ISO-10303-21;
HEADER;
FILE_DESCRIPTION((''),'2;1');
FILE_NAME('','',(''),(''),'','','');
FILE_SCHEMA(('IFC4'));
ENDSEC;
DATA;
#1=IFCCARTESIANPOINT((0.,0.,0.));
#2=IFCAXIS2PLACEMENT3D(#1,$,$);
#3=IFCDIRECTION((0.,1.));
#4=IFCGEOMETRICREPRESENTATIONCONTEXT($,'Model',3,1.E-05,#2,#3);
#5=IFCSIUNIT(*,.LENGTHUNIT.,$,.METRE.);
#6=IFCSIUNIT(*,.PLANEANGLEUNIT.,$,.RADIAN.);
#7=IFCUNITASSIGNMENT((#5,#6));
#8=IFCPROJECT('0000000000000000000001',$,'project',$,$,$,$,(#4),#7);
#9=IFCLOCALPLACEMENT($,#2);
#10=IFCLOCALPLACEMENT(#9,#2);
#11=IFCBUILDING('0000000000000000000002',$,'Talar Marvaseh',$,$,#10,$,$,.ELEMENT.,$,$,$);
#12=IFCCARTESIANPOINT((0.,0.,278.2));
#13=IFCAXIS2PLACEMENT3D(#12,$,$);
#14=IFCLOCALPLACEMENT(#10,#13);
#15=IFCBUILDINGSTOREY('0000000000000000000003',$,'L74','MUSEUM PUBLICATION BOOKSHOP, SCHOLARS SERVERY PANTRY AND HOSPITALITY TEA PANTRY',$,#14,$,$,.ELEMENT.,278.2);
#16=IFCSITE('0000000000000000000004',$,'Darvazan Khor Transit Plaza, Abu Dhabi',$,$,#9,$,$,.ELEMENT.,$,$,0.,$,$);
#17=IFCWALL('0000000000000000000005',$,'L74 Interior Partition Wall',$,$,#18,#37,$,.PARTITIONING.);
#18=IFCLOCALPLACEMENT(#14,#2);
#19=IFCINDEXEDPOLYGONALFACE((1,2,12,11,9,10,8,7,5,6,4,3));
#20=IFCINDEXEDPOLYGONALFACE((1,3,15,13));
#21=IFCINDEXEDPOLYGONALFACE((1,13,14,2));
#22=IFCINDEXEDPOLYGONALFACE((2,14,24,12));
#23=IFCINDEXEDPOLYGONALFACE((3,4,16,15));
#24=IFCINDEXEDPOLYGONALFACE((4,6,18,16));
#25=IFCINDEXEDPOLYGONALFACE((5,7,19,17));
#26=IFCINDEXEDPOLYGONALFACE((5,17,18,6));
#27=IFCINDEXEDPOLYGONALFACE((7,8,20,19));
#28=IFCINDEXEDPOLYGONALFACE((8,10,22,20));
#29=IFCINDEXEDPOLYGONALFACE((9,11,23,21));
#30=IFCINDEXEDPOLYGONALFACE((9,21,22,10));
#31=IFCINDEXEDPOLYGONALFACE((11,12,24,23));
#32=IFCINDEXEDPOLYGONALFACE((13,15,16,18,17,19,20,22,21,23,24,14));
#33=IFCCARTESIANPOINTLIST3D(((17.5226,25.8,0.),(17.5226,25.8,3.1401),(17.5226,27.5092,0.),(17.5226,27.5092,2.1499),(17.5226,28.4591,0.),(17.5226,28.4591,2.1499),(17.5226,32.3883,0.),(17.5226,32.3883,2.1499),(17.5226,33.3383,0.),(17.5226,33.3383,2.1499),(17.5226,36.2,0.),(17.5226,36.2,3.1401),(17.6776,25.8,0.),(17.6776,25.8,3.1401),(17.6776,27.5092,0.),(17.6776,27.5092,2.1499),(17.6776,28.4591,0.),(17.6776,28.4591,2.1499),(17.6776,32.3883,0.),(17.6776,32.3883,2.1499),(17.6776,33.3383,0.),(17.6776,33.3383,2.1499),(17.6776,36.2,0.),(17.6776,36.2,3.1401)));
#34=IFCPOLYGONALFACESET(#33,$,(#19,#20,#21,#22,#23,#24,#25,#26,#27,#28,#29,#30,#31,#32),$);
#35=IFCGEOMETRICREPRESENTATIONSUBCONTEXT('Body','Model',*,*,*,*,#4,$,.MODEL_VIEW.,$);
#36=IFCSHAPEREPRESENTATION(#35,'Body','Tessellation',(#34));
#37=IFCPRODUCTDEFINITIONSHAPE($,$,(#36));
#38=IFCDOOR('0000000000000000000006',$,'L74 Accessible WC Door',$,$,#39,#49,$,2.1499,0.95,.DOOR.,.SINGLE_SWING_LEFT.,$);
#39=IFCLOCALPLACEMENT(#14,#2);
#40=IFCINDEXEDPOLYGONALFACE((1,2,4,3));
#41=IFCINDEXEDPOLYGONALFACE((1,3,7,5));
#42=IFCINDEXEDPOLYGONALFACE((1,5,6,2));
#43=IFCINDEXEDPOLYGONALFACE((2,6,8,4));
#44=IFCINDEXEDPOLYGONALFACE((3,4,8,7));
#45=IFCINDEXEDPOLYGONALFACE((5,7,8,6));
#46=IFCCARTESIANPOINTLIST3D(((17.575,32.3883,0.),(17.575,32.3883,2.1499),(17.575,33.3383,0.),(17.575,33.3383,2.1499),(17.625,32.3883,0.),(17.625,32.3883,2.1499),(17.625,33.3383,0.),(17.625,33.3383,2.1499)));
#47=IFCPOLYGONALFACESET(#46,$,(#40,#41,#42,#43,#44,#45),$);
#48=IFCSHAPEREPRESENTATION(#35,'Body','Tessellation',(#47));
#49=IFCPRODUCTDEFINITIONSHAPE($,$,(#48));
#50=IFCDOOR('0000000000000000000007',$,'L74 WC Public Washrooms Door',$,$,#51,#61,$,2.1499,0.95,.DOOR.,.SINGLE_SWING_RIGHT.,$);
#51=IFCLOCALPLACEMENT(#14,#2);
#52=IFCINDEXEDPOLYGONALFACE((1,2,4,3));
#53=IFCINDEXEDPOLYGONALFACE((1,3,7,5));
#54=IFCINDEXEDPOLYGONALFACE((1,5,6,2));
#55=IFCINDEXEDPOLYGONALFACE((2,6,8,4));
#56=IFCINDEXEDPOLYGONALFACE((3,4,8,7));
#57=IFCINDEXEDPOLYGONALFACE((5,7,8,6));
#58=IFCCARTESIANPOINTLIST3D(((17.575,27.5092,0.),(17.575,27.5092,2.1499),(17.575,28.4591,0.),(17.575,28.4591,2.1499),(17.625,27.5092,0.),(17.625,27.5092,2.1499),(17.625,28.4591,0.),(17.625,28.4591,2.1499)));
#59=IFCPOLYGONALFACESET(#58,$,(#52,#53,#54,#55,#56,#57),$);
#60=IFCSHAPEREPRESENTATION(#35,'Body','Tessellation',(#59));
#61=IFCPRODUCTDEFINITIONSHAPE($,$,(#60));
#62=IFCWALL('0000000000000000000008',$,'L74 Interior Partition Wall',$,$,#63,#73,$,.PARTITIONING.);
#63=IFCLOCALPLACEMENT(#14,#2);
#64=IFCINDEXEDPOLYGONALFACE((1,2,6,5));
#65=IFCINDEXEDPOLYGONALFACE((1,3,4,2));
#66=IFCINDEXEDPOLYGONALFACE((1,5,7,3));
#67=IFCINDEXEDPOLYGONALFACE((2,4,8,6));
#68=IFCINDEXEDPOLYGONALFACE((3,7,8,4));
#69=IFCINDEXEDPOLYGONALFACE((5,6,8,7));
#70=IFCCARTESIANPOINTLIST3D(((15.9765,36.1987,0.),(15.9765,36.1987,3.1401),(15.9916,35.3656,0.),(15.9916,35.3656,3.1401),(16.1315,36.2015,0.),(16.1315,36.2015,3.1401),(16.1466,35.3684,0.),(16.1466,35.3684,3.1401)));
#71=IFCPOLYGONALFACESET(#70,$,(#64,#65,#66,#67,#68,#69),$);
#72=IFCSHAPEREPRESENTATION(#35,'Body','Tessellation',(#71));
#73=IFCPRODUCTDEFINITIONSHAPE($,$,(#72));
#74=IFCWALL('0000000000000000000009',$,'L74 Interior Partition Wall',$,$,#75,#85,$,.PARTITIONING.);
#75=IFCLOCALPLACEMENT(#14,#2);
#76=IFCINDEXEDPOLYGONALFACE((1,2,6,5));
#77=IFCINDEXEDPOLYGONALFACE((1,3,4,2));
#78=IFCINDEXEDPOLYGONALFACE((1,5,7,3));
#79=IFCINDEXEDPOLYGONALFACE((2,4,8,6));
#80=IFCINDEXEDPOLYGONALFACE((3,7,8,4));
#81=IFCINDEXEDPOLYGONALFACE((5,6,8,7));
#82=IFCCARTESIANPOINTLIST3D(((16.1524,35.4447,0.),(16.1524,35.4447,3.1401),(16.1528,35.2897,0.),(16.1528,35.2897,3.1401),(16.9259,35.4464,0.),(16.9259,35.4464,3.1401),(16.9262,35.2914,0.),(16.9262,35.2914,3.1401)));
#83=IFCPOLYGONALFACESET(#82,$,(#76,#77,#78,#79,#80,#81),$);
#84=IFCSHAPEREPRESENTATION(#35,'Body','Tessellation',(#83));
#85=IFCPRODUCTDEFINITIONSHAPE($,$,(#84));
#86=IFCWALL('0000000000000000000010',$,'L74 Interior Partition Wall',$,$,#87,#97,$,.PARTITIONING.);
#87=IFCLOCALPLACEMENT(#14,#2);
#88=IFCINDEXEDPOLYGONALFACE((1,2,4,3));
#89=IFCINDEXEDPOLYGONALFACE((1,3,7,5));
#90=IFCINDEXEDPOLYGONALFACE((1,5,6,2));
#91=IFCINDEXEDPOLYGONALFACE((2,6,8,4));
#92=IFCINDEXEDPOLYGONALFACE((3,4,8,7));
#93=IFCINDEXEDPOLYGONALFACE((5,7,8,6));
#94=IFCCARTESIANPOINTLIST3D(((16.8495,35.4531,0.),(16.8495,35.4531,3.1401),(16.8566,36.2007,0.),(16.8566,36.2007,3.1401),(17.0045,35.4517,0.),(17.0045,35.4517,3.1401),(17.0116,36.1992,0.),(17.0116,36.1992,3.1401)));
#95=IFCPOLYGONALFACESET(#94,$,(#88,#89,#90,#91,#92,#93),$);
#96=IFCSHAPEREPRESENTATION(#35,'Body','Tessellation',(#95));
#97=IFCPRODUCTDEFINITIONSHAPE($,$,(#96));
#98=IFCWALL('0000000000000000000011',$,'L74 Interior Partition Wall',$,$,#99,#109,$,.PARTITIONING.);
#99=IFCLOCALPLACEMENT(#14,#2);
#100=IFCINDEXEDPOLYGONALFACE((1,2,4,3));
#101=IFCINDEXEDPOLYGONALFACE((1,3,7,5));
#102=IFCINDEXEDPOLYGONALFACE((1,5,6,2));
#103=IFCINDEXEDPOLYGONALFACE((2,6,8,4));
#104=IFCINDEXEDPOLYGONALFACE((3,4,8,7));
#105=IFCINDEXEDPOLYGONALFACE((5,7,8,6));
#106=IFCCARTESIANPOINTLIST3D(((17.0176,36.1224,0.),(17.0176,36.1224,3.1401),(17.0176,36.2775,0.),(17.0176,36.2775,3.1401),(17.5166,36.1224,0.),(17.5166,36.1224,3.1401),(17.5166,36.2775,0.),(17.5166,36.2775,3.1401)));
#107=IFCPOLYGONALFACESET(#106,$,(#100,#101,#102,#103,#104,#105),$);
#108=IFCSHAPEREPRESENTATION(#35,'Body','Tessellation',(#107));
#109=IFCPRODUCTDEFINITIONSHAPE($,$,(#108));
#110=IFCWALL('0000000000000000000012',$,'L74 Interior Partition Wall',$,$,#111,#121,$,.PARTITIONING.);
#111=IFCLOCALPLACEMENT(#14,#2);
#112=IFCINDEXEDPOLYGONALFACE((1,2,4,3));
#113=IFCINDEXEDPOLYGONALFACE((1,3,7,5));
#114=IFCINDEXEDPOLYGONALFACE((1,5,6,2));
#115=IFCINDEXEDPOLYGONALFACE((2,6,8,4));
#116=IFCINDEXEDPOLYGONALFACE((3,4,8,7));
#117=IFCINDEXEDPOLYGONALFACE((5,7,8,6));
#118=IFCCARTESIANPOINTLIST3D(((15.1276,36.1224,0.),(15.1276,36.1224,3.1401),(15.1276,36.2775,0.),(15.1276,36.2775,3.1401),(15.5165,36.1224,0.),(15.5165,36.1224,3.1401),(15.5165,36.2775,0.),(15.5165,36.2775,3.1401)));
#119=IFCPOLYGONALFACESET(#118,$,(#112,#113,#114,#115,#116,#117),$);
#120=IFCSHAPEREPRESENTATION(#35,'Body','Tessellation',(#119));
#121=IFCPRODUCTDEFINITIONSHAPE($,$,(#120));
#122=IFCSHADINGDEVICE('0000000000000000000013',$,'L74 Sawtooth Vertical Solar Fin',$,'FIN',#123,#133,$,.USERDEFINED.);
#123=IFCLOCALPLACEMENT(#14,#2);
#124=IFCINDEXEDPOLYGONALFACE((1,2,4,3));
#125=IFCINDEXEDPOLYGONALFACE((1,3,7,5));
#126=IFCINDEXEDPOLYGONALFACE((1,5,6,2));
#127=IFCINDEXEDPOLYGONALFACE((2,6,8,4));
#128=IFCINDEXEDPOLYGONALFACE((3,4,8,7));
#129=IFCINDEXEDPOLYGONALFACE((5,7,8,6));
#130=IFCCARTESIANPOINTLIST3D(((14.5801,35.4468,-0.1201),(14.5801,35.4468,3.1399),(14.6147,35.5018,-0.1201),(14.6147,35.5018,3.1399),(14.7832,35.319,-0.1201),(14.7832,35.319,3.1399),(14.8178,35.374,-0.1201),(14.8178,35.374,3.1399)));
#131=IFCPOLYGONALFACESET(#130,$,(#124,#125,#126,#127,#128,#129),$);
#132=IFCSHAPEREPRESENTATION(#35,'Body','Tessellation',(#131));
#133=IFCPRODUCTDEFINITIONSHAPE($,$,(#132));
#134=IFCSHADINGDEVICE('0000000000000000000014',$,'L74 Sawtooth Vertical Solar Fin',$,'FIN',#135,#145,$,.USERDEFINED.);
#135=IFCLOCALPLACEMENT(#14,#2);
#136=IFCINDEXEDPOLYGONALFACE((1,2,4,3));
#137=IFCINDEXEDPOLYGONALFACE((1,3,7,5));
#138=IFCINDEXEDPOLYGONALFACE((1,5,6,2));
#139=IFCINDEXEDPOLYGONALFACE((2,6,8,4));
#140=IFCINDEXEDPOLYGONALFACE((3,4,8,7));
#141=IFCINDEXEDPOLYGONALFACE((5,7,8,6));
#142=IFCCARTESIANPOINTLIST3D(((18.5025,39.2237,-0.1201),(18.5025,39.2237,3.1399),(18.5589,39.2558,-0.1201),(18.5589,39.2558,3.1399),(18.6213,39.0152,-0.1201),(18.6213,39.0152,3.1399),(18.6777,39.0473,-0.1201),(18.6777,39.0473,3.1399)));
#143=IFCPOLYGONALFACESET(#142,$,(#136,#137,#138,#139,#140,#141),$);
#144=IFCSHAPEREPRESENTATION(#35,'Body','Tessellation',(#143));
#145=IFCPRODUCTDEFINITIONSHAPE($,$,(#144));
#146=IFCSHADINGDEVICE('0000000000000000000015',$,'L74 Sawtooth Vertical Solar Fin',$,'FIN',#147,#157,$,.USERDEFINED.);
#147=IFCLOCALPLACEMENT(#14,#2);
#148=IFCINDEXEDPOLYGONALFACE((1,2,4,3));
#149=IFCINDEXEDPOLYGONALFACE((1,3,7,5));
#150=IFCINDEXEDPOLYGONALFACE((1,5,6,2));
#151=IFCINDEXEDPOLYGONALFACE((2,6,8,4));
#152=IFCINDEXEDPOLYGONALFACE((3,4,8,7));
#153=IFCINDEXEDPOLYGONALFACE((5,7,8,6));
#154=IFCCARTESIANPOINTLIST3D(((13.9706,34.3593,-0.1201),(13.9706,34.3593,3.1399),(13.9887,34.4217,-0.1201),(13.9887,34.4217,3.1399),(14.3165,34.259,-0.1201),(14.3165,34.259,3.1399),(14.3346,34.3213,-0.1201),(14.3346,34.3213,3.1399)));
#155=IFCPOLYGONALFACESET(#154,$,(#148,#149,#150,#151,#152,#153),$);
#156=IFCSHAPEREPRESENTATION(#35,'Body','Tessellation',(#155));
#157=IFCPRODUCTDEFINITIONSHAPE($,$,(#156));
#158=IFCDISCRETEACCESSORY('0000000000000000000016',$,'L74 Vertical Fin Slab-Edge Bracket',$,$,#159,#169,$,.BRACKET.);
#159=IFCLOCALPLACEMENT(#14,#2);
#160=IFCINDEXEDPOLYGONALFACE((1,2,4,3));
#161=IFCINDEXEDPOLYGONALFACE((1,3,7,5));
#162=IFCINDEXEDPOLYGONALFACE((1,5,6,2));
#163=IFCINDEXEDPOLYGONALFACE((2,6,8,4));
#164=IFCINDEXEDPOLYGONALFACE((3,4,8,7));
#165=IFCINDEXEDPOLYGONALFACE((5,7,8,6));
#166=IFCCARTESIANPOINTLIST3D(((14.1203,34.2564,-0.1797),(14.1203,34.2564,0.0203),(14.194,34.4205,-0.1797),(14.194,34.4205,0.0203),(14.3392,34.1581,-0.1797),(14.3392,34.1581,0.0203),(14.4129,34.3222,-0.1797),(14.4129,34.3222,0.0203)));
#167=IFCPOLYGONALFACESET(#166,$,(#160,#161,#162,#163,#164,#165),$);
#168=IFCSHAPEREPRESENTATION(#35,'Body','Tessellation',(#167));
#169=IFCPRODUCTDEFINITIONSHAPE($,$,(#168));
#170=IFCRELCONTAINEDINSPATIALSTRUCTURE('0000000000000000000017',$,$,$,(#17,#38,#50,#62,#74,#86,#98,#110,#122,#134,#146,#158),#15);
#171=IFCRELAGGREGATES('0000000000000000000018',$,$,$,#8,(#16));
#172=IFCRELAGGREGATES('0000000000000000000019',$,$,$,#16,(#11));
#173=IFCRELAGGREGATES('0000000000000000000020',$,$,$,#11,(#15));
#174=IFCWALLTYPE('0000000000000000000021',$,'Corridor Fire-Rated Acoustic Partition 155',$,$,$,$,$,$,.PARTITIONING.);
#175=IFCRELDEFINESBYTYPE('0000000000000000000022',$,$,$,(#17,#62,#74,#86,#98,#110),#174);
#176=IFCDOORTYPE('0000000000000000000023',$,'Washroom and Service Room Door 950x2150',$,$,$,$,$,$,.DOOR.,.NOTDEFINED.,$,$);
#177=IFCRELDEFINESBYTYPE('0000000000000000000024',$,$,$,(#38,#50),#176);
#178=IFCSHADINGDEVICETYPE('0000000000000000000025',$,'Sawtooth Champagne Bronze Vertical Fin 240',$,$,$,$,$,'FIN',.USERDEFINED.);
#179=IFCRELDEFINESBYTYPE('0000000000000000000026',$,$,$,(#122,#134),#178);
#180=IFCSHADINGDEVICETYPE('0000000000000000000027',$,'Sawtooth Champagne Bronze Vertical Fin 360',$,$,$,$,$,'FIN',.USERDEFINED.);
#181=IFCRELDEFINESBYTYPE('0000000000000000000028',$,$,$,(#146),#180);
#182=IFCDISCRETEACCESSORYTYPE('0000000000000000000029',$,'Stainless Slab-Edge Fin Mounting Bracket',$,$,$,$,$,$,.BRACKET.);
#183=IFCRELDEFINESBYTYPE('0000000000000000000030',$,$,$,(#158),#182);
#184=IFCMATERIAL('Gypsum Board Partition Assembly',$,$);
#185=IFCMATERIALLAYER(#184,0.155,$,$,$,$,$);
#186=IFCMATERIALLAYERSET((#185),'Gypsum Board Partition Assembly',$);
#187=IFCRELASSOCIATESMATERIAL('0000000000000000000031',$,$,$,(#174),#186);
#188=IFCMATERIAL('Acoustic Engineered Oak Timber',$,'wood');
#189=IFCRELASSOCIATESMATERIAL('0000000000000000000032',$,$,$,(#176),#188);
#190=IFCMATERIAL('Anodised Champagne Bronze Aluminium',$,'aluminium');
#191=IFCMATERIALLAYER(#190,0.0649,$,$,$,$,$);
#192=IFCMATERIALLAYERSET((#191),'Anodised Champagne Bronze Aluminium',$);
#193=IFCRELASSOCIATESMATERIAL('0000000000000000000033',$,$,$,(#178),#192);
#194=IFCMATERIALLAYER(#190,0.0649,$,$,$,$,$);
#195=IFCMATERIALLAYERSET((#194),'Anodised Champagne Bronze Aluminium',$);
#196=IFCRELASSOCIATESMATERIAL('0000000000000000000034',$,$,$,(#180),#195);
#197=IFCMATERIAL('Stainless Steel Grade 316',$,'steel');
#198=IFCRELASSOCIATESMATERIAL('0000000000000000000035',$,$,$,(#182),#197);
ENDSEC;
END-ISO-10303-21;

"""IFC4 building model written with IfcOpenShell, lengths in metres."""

from ifc_helpers import new_model, si_unit, direction, frame, frame_2d, origin, origin_2d, place, context, subcontext, project, spatial, rectangle, extrude, source, transform, mapped, material, layer, layer_set, type_object, type_shapes, element, fill, save


model = new_model("IFC4")

# Units and contexts
model_context = context("Model", 3, precision=1e-05, world=origin(), true_north=direction((0.0, 1.0)))
body_context = subcontext(model_context, "Body", "Model", "MODEL_VIEW")
ifc_project = project(units=[si_unit("LENGTHUNIT", "METRE"), si_unit("PLANEANGLEUNIT", "RADIAN")], contexts=[model_context])

# Site, building, storey
site_placement = place(None, origin())
site = spatial("IfcSite", under=ifc_project, at=site_placement, Name="Darvazan Khor Transit Plaza, Abu Dhabi", CompositionType="ELEMENT", RefElevation=0.0)
building_placement = place(site_placement, origin())
building = spatial("IfcBuilding", under=site, at=building_placement, Name="Talar Marvaseh", CompositionType="ELEMENT")
storey_placement = place(building_placement, frame((0.0, 0.0, 278.2)))
storey = spatial("IfcBuildingStorey", under=building, at=storey_placement, Name="L74", Description="MUSEUM PUBLICATION BOOKSHOP, SCHOLARS SERVERY PANTRY AND HOSPITALITY TEA PANTRY", CompositionType="ELEMENT", Elevation=278.2)

# Wall, openings, doors
ifc_material_1 = material(Name="Gypsum Board Partition Assembly")
ifc_layer_1 = layer(ifc_material_1, 0.155)
ifc_layer_set_1 = layer_set([ifc_layer_1], Name="Gypsum Board Partition Assembly")
wall_type_1 = type_object("IfcWallType", Name="Corridor Fire-Rated Acoustic Partition 155", PredefinedType="PARTITIONING", material=ifc_layer_set_1)
wall_1_placement = place(storey_placement, frame((17.6001, 36.2, 0.0), z_axis=(0.0, 0.0, 1.0), x_axis=(0.0, -1.0, 0.0)))
wall_1 = element("IfcWall", 1, at=wall_1_placement, inside=storey, type_object=wall_type_1, Name="L74 Interior Partition Wall", PredefinedType="PARTITIONING", context=body_context, shape_type="SweptSolid", body=[
    extrude(rectangle(XDim=10.3999, YDim=0.155, at=frame_2d((5.2, 0.0))), origin(), (0.0, 0.0, 1.0), 3.1401),
])
opening_1_placement = place(wall_1_placement, frame((2.8616, 0.0, 0.0)))
opening_1 = element("IfcOpeningElement", 2, at=opening_1_placement, cuts=wall_1, PredefinedType="OPENING", context=body_context, shape_type="SweptSolid", body=[
    extrude(rectangle(XDim=0.95, YDim=2.1499, at=frame_2d((0.4751, 1.075))), frame((0.0, 0.0874, 0.0), z_axis=(0.0, -1.0, 0.0), x_axis=(1.0, 0.0, 0.0)), (0.0, 0.0, 1.0), 0.175),
])
opening_2_placement = place(wall_1_placement, frame((7.7407, 0.0, 0.0)))
opening_2 = element("IfcOpeningElement", 3, at=opening_2_placement, cuts=wall_1, PredefinedType="OPENING", context=body_context, shape_type="SweptSolid", body=[
    extrude(rectangle(XDim=0.95, YDim=2.1499, at=frame_2d((0.4751, 1.075))), frame((0.0, 0.0874, 0.0), z_axis=(0.0, -1.0, 0.0), x_axis=(1.0, 0.0, 0.0)), (0.0, 0.0, 1.0), 0.175),
])
ifc_material_2 = material(Name="Acoustic Engineered Oak Timber", Category="wood")
door_type = type_object("IfcDoorType", Name="Washroom and Service Room Door 950x2150", OperationType="NOTDEFINED", PredefinedType="DOOR", material=ifc_material_2)
shared_shape_1 = source(origin(), body_context, "Body", "SweptSolid", [
    extrude(rectangle(XDim=0.95, YDim=2.1499, at=frame_2d((0.4751, 1.075))), frame((0.0, 0.0249, 0.0), z_axis=(0.0, -1.0, 0.0), x_axis=(1.0, 0.0, 0.0)), (0.0, 0.0, 1.0), 0.05),
])
type_shapes(door_type, [shared_shape_1])
door_1_placement = place(opening_1_placement, origin())
door_1 = element("IfcDoor", 4, at=door_1_placement, inside=storey, type_object=door_type, Name="L74 Accessible WC Door", OperationType="SINGLE_SWING_LEFT", OverallHeight=2.1499, OverallWidth=0.95, PredefinedType="DOOR", context=body_context, shape_type="MappedRepresentation", body=[
    mapped(shared_shape_1, transform((0.0, 0.0, 0.0), x_axis=(1.0, 0.0, 0.0), y_axis=(0.0, 1.0, 0.0), z_axis=(0.0, 0.0, 1.0), scale=1.0)),
])
fill(opening_1, door_1)
door_2_placement = place(opening_2_placement, origin())
door_2 = element("IfcDoor", 5, at=door_2_placement, inside=storey, type_object=door_type, Name="L74 WC Public Washrooms Door", OperationType="SINGLE_SWING_RIGHT", OverallHeight=2.1499, OverallWidth=0.95, PredefinedType="DOOR", context=body_context, shape_type="MappedRepresentation", body=[
    mapped(shared_shape_1, transform((0.0, 0.0, 0.0), x_axis=(1.0, 0.0, 0.0), y_axis=(0.0, 1.0, 0.0), z_axis=(0.0, 0.0, 1.0), scale=1.0)),
])
fill(opening_2, door_2)

# Walls
wall_2_placement = place(storey_placement, frame((16.054, 36.2, 0.0), z_axis=(0.0, 0.0, 1.0), x_axis=(0.018168, -0.999835, 0.0)))
element("IfcWall", 6, at=wall_2_placement, inside=storey, type_object=wall_type_1, Name="L74 Interior Partition Wall", PredefinedType="PARTITIONING", context=body_context, shape_type="SweptSolid", body=[
    extrude(rectangle(XDim=0.8333, YDim=0.155, at=frame_2d((0.4165, 0.0))), origin(), (0.0, 0.0, 1.0), 3.1401),
])
wall_3_placement = place(storey_placement, frame((16.1526, 35.3672, 0.0), z_axis=(0.0, 0.0, 1.0), x_axis=(0.999998, 0.00221, 0.0)))
element("IfcWall", 7, at=wall_3_placement, inside=storey, type_object=wall_type_1, Name="L74 Interior Partition Wall", PredefinedType="PARTITIONING", context=body_context, shape_type="SweptSolid", body=[
    extrude(rectangle(XDim=0.7734, YDim=0.155, at=frame_2d((0.3867, 0.0))), origin(), (0.0, 0.0, 1.0), 3.1401),
])
wall_4_placement = place(storey_placement, frame((16.927, 35.4524, 0.0), z_axis=(0.0, 0.0, 1.0), x_axis=(0.009471, 0.999955, 0.0)))
element("IfcWall", 8, at=wall_4_placement, inside=storey, type_object=wall_type_1, Name="L74 Interior Partition Wall", PredefinedType="PARTITIONING", context=body_context, shape_type="SweptSolid", body=[
    extrude(rectangle(XDim=0.7476, YDim=0.155, at=frame_2d((0.3738, 0.0))), origin(), (0.0, 0.0, 1.0), 3.1401),
])
wall_5_placement = place(storey_placement, frame((17.0176, 36.2, 0.0), z_axis=(0.0, 0.0, 1.0), x_axis=(1.0, 0.0, 0.0)))
element("IfcWall", 9, at=wall_5_placement, inside=storey, type_object=wall_type_1, Name="L74 Interior Partition Wall", PredefinedType="PARTITIONING", context=body_context, shape_type="SweptSolid", body=[
    extrude(rectangle(XDim=0.499, YDim=0.155, at=frame_2d((0.2495, 0.0))), origin(), (0.0, 0.0, 1.0), 3.1401),
])
wall_6_placement = place(storey_placement, frame((15.1277, 36.2, 0.0), z_axis=(0.0, 0.0, 1.0), x_axis=(1.0, 0.0, 0.0)))
element("IfcWall", 10, at=wall_6_placement, inside=storey, type_object=wall_type_1, Name="L74 Interior Partition Wall", PredefinedType="PARTITIONING", context=body_context, shape_type="SweptSolid", body=[
    extrude(rectangle(XDim=0.3889, YDim=0.155, at=frame_2d((0.1943, 0.0))), origin(), (0.0, 0.0, 1.0), 3.1401),
])

# Shading devices
ifc_material_3 = material(Name="Anodised Champagne Bronze Aluminium", Category="aluminium")
ifc_layer_2 = layer(ifc_material_3, 0.0649)
ifc_layer_set_2 = layer_set([ifc_layer_2], Name="Anodised Champagne Bronze Aluminium")
shading_device_type_1 = type_object("IfcShadingDeviceType", Name="Sawtooth Champagne Bronze Vertical Fin 240", ElementType="FIN", PredefinedType="USERDEFINED", material=ifc_layer_set_2)
shared_shape_2 = source(origin(), body_context, "Body", "SweptSolid", [
    extrude(rectangle(XDim=0.24, YDim=0.0649, at=origin_2d()), origin(), (0.0, 0.0, 1.0), 3.26),
])
type_shapes(shading_device_type_1, [shared_shape_2])
for number, where, z_axis, x_axis, name in (
    (11, (14.699, 35.4104, -0.1201), (0.0, 0.0, 1.0), (-0.846379, 0.532581, 0.0), "L74 Sawtooth Vertical Solar Fin"),
    (12, (18.5901, 39.1355, -0.1201), (0.0, 0.0, 1.0), (-0.495155, 0.868804, 0.0), "L74 Sawtooth Vertical Solar Fin"),
):
    element("IfcShadingDevice", number, at=place(storey_placement, frame(where, z_axis=z_axis, x_axis=x_axis)), inside=storey, type_object=shading_device_type_1, Name=name, ObjectType="FIN", PredefinedType="USERDEFINED", context=body_context, shape_type="MappedRepresentation", body=[
        mapped(shared_shape_2, transform((0.0, 0.0, 0.0), x_axis=(1.0, 0.0, 0.0), y_axis=(0.0, 1.0, 0.0), z_axis=(0.0, 0.0, 1.0), scale=1.0)),
    ])
ifc_layer_3 = layer(ifc_material_3, 0.0649)
ifc_layer_set_3 = layer_set([ifc_layer_3], Name="Anodised Champagne Bronze Aluminium")
shading_device_type_2 = type_object("IfcShadingDeviceType", Name="Sawtooth Champagne Bronze Vertical Fin 360", ElementType="FIN", PredefinedType="USERDEFINED", material=ifc_layer_set_3)
shared_shape_3 = source(origin(), body_context, "Body", "SweptSolid", [
    extrude(rectangle(XDim=0.3601, YDim=0.0649, at=origin_2d()), origin(), (0.0, 0.0, 1.0), 3.26),
])
type_shapes(shading_device_type_2, [shared_shape_3])
shading_device_placement = place(storey_placement, frame((14.1526, 34.3403, -0.1201), z_axis=(0.0, 0.0, 1.0), x_axis=(-0.960391, 0.278656, 0.0)))
element("IfcShadingDevice", 13, at=shading_device_placement, inside=storey, type_object=shading_device_type_2, Name="L74 Sawtooth Vertical Solar Fin", ObjectType="FIN", PredefinedType="USERDEFINED", context=body_context, shape_type="MappedRepresentation", body=[
    mapped(shared_shape_3, transform((0.0, 0.0, 0.0), x_axis=(1.0, 0.0, 0.0), y_axis=(0.0, 1.0, 0.0), z_axis=(0.0, 0.0, 1.0), scale=1.0)),
])

# Discrete accessory
ifc_material_4 = material(Name="Stainless Steel Grade 316", Category="steel")
discrete_accessory_type = type_object("IfcDiscreteAccessoryType", Name="Stainless Slab-Edge Fin Mounting Bracket", PredefinedType="BRACKET", material=ifc_material_4)
shared_shape_4 = source(origin(), body_context, "Body", "SweptSolid", [
    extrude(rectangle(XDim=0.24, YDim=0.1799, at=origin_2d()), origin(), (0.0, 0.0, 1.0), 0.2),
])
type_shapes(discrete_accessory_type, [shared_shape_4])
for number, where, z_axis, x_axis, name in (
    (14, (14.2666, 34.2893, -0.1797), (0.0, 0.0, 1.0), (-0.912263, 0.409605, 0.0), "L74 Vertical Fin Slab-Edge Bracket"),
):
    element("IfcDiscreteAccessory", number, at=place(storey_placement, frame(where, z_axis=z_axis, x_axis=x_axis)), inside=storey, type_object=discrete_accessory_type, Name=name, PredefinedType="BRACKET", context=body_context, shape_type="MappedRepresentation", body=[
        mapped(shared_shape_4, transform((0.0, 0.0, 0.0), x_axis=(1.0, 0.0, 0.0), y_axis=(0.0, 1.0, 0.0), z_axis=(0.0, 0.0, 1.0), scale=1.0)),
    ])

save(model, "model.ifc")
